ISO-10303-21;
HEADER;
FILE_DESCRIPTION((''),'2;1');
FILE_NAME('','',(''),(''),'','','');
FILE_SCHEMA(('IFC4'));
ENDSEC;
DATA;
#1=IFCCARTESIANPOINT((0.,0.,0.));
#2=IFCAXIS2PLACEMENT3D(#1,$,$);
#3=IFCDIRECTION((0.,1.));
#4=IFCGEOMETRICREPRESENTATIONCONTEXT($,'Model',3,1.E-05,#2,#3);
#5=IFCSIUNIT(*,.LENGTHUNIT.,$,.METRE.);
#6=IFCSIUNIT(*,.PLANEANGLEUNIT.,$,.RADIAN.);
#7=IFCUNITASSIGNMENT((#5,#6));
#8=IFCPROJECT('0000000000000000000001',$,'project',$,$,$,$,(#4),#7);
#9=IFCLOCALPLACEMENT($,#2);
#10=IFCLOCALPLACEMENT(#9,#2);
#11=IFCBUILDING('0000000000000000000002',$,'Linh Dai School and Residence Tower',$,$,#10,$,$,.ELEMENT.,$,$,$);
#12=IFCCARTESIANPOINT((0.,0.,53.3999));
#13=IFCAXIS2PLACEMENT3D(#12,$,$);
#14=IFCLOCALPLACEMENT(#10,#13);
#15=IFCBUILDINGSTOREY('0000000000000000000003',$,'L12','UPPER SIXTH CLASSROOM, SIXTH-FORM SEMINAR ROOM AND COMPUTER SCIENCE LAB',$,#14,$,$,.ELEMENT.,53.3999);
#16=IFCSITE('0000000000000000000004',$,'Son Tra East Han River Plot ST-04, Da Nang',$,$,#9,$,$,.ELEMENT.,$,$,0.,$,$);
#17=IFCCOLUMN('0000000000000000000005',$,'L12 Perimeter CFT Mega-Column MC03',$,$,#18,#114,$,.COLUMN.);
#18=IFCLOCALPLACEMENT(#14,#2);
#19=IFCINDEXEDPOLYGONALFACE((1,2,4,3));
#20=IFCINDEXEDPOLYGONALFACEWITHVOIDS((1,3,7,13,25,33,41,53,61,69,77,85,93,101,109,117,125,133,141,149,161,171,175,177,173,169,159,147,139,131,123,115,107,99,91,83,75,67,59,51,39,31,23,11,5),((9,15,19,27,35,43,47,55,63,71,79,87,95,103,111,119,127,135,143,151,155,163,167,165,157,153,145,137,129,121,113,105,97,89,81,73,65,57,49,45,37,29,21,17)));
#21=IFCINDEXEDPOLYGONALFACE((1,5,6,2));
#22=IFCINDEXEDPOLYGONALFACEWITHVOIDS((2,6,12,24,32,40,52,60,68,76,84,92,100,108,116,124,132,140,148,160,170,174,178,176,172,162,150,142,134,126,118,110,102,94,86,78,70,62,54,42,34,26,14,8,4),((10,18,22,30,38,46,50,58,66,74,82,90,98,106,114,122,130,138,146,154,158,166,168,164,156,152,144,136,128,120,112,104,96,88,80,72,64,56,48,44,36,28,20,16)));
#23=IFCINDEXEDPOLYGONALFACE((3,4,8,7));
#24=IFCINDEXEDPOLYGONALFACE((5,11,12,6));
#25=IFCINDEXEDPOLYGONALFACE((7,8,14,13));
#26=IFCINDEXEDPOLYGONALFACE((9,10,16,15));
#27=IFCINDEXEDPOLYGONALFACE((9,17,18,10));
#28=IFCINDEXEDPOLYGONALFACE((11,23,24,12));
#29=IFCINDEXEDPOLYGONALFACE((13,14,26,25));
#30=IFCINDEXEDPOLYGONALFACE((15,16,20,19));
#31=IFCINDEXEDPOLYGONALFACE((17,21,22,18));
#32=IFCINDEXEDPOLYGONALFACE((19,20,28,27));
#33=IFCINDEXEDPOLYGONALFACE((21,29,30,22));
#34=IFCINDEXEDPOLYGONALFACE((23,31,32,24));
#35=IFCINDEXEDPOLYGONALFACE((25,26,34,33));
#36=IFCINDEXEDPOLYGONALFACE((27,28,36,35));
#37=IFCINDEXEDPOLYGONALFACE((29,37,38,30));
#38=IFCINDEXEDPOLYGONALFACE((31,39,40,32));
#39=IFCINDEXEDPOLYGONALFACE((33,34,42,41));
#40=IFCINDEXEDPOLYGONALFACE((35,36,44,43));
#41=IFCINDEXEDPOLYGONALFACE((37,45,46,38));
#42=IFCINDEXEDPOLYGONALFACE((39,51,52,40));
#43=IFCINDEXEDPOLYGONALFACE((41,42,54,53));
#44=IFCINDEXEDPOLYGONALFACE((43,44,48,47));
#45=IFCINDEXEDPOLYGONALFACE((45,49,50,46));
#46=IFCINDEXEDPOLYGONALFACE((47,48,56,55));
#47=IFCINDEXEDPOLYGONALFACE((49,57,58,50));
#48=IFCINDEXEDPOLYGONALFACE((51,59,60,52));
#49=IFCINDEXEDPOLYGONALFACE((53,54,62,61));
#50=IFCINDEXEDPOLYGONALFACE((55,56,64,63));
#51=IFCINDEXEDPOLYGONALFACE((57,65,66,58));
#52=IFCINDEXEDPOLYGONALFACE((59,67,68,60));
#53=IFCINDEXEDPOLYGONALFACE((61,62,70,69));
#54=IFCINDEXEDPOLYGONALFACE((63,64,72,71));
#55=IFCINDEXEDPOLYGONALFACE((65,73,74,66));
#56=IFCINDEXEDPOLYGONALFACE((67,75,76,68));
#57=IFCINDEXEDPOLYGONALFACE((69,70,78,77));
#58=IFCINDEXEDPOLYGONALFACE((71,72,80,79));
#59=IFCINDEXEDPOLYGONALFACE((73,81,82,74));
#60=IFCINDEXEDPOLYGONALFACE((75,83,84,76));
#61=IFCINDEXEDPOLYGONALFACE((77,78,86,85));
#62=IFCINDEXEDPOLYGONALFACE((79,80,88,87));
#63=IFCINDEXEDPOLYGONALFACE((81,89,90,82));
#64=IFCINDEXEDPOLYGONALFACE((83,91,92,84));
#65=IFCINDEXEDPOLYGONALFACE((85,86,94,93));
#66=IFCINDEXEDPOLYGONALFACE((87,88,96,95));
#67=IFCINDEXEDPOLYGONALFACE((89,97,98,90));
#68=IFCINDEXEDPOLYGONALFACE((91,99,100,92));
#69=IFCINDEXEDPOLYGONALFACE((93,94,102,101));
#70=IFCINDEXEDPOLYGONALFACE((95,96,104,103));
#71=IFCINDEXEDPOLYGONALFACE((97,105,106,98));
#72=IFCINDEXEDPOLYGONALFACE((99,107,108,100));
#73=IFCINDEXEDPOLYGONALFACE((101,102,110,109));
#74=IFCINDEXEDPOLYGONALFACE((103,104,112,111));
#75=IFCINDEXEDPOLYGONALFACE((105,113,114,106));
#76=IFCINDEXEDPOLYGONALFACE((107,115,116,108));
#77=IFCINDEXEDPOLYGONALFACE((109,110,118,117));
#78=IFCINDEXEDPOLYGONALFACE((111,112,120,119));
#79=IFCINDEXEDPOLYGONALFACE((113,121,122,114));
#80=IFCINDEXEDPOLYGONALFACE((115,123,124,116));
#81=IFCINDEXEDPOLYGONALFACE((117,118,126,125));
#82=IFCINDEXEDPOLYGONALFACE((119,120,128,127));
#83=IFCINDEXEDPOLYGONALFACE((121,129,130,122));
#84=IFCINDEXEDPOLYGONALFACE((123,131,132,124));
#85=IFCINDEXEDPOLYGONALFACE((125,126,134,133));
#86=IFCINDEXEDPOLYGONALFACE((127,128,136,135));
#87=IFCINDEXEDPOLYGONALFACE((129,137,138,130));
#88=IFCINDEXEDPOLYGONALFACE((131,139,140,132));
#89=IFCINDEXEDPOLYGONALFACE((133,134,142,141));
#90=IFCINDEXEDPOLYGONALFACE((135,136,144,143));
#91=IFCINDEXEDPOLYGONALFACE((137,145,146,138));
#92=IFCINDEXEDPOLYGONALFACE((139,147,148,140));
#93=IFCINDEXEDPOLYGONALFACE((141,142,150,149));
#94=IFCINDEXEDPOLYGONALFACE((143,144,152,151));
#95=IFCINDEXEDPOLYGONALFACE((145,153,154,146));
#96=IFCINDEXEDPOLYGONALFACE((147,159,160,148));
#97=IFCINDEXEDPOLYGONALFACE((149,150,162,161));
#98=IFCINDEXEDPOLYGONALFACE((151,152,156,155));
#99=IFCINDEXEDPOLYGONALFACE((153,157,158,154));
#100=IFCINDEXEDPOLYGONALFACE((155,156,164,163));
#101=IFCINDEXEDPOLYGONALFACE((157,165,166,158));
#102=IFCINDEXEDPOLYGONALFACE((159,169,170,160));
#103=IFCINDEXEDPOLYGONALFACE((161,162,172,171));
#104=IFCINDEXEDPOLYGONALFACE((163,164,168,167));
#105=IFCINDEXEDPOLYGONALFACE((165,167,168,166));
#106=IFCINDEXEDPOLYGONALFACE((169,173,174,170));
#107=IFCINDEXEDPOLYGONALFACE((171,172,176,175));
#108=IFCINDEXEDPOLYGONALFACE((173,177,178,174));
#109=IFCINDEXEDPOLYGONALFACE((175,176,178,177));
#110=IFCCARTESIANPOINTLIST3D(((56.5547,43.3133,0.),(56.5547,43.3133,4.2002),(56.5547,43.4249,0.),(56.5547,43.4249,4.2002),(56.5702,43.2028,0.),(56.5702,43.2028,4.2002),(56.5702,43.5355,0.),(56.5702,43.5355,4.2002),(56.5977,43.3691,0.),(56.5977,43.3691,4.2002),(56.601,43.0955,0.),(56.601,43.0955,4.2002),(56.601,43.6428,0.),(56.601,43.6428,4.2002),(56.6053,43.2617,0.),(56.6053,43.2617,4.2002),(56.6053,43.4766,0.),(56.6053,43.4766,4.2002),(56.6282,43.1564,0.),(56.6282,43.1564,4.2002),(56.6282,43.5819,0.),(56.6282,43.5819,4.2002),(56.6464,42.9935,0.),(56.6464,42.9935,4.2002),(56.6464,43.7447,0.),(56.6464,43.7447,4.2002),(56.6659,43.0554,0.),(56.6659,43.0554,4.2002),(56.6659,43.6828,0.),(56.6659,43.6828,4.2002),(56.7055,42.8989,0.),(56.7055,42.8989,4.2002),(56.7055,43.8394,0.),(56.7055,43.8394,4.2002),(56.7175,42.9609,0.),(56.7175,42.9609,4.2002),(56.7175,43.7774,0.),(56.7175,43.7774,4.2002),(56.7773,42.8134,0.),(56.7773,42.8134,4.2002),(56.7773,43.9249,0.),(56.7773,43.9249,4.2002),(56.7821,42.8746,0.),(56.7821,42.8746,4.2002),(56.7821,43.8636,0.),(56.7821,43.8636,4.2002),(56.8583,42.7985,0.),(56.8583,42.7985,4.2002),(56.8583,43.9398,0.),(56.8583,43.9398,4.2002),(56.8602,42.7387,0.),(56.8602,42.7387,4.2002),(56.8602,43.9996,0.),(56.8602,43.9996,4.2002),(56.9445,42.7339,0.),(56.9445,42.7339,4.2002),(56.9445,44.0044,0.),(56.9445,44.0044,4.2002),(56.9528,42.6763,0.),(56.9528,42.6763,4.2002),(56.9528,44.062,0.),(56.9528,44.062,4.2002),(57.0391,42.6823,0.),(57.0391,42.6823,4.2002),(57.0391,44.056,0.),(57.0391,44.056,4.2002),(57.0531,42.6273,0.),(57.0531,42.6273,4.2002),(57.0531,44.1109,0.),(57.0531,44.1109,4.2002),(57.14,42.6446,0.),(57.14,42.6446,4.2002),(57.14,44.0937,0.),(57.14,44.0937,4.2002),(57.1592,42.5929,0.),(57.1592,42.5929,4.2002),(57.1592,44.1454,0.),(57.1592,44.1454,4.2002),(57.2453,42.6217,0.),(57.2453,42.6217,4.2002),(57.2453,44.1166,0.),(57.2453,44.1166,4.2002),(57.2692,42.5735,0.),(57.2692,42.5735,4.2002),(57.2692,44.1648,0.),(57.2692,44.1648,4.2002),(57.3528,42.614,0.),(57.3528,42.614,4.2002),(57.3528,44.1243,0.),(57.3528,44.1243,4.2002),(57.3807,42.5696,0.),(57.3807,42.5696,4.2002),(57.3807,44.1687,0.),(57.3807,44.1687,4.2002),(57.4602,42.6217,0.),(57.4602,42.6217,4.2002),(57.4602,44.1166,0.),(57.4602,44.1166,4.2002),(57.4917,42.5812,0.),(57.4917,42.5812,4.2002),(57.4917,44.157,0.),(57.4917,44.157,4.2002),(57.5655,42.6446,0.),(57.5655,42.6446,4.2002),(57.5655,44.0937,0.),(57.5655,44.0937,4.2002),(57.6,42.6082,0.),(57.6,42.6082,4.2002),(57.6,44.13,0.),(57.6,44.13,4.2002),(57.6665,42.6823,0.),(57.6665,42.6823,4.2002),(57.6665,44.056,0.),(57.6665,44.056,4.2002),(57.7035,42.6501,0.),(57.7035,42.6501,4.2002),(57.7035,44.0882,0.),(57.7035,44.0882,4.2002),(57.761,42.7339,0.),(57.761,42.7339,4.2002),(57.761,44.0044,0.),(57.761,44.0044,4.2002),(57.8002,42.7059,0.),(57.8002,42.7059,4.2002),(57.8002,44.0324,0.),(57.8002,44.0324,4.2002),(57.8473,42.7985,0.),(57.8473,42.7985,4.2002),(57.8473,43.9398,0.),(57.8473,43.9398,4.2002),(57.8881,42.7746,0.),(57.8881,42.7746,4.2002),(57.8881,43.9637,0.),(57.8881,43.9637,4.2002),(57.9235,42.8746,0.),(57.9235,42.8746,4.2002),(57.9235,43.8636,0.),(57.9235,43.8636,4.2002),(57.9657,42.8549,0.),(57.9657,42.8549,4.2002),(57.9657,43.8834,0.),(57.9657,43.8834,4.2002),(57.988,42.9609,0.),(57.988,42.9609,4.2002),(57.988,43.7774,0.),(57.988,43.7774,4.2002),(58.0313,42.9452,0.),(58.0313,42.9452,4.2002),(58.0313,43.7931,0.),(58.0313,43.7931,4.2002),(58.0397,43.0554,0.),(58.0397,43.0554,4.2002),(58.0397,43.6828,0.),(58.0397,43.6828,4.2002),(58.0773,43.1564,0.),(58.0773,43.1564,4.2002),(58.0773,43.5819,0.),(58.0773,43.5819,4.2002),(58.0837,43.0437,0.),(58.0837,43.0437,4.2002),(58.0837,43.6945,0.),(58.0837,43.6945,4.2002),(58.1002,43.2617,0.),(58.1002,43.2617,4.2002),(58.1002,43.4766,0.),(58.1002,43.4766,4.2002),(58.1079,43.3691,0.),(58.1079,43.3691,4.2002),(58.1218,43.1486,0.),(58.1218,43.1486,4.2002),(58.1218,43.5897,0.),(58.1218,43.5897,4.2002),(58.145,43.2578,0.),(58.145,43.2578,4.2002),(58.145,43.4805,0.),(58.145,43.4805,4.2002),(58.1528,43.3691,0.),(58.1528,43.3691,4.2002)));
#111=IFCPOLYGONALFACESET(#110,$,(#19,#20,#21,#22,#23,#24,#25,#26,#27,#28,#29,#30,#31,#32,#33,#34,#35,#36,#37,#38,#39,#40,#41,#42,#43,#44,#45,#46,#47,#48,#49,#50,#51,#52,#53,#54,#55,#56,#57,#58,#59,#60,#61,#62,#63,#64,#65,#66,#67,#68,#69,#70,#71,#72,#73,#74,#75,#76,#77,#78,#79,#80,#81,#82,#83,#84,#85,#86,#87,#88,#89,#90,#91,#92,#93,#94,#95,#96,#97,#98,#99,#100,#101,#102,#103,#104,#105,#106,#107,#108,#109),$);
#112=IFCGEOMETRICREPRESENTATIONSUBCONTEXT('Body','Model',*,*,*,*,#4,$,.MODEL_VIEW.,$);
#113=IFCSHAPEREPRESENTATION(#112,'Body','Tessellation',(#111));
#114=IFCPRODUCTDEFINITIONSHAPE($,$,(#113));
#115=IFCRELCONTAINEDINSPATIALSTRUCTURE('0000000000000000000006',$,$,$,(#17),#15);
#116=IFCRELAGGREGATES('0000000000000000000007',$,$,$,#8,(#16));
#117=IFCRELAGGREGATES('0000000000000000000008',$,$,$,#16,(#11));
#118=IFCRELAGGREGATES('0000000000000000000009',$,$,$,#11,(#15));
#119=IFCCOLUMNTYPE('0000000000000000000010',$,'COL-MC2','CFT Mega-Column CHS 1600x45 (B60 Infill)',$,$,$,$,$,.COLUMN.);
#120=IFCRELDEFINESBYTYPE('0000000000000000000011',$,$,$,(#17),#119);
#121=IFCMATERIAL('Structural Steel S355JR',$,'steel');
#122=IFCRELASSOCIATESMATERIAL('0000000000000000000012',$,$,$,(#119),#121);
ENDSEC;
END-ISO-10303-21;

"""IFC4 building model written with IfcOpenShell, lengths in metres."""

from ifc_helpers import new_model, si_unit, direction, frame, origin, origin_2d, place, context, subcontext, project, spatial, hollow_circle, extrude, material, material_profile, profile_set, type_object, element, save


model = new_model("IFC4")

# Units and contexts
model_context = context("Model", 3, precision=1e-05, world=origin(), true_north=direction((0.0, 1.0)))
body_context = subcontext(model_context, "Body", "Model", "MODEL_VIEW")
ifc_project = project(units=[si_unit("LENGTHUNIT", "METRE"), si_unit("PLANEANGLEUNIT", "RADIAN")], contexts=[model_context])

# Site, building, storey
site_placement = place(None, origin())
site = spatial("IfcSite", under=ifc_project, at=site_placement, Name="Son Tra East Han River Plot ST-04, Da Nang", CompositionType="ELEMENT", RefElevation=0.0)
building_placement = place(site_placement, origin())
building = spatial("IfcBuilding", under=site, at=building_placement, Name="Linh Dai School and Residence Tower", CompositionType="ELEMENT")
storey_placement = place(building_placement, frame((0.0, 0.0, 53.3999)))
storey = spatial("IfcBuildingStorey", under=building, at=storey_placement, Name="L12", Description="UPPER SIXTH CLASSROOM, SIXTH-FORM SEMINAR ROOM AND COMPUTER SCIENCE LAB", CompositionType="ELEMENT", Elevation=53.3999)

# Column
ifc_material_1 = material(Name="Structural Steel S355JR", Category="steel")
ifc_material_profile_1 = material_profile(ifc_material_1, hollow_circle(Radius=0.8, WallThickness=0.0449, at=origin_2d()), Name="CHS 1600x45")
ifc_profile_set_1 = profile_set([ifc_material_profile_1], Name="Structural Steel S355JR")
column_type_1 = type_object("IfcColumnType", Name="COL-MC2", Description="CFT Mega-Column CHS 1600x45 (B60 Infill)", PredefinedType="COLUMN", material=ifc_profile_set_1)
for number, where, z_axis, x_axis, name in (
    (1, (57.3528, 43.3691, 0.0), (0.0, 0.0, 1.0), (1.0, 0.0, 0.0), "L12 Perimeter CFT Mega-Column MC03"),
):
    element("IfcColumn", number, at=place(storey_placement, frame(where, z_axis=z_axis, x_axis=x_axis)), inside=storey, type_object=column_type_1, Name=name, PredefinedType="COLUMN", context=body_context, shape_type="SweptSolid", body=[
        extrude(hollow_circle(Radius=0.8, WallThickness=0.0449, at=origin_2d()), origin(), (0.0, 0.0, 1.0), 4.2002),
    ])

save(model, "model.ifc")
